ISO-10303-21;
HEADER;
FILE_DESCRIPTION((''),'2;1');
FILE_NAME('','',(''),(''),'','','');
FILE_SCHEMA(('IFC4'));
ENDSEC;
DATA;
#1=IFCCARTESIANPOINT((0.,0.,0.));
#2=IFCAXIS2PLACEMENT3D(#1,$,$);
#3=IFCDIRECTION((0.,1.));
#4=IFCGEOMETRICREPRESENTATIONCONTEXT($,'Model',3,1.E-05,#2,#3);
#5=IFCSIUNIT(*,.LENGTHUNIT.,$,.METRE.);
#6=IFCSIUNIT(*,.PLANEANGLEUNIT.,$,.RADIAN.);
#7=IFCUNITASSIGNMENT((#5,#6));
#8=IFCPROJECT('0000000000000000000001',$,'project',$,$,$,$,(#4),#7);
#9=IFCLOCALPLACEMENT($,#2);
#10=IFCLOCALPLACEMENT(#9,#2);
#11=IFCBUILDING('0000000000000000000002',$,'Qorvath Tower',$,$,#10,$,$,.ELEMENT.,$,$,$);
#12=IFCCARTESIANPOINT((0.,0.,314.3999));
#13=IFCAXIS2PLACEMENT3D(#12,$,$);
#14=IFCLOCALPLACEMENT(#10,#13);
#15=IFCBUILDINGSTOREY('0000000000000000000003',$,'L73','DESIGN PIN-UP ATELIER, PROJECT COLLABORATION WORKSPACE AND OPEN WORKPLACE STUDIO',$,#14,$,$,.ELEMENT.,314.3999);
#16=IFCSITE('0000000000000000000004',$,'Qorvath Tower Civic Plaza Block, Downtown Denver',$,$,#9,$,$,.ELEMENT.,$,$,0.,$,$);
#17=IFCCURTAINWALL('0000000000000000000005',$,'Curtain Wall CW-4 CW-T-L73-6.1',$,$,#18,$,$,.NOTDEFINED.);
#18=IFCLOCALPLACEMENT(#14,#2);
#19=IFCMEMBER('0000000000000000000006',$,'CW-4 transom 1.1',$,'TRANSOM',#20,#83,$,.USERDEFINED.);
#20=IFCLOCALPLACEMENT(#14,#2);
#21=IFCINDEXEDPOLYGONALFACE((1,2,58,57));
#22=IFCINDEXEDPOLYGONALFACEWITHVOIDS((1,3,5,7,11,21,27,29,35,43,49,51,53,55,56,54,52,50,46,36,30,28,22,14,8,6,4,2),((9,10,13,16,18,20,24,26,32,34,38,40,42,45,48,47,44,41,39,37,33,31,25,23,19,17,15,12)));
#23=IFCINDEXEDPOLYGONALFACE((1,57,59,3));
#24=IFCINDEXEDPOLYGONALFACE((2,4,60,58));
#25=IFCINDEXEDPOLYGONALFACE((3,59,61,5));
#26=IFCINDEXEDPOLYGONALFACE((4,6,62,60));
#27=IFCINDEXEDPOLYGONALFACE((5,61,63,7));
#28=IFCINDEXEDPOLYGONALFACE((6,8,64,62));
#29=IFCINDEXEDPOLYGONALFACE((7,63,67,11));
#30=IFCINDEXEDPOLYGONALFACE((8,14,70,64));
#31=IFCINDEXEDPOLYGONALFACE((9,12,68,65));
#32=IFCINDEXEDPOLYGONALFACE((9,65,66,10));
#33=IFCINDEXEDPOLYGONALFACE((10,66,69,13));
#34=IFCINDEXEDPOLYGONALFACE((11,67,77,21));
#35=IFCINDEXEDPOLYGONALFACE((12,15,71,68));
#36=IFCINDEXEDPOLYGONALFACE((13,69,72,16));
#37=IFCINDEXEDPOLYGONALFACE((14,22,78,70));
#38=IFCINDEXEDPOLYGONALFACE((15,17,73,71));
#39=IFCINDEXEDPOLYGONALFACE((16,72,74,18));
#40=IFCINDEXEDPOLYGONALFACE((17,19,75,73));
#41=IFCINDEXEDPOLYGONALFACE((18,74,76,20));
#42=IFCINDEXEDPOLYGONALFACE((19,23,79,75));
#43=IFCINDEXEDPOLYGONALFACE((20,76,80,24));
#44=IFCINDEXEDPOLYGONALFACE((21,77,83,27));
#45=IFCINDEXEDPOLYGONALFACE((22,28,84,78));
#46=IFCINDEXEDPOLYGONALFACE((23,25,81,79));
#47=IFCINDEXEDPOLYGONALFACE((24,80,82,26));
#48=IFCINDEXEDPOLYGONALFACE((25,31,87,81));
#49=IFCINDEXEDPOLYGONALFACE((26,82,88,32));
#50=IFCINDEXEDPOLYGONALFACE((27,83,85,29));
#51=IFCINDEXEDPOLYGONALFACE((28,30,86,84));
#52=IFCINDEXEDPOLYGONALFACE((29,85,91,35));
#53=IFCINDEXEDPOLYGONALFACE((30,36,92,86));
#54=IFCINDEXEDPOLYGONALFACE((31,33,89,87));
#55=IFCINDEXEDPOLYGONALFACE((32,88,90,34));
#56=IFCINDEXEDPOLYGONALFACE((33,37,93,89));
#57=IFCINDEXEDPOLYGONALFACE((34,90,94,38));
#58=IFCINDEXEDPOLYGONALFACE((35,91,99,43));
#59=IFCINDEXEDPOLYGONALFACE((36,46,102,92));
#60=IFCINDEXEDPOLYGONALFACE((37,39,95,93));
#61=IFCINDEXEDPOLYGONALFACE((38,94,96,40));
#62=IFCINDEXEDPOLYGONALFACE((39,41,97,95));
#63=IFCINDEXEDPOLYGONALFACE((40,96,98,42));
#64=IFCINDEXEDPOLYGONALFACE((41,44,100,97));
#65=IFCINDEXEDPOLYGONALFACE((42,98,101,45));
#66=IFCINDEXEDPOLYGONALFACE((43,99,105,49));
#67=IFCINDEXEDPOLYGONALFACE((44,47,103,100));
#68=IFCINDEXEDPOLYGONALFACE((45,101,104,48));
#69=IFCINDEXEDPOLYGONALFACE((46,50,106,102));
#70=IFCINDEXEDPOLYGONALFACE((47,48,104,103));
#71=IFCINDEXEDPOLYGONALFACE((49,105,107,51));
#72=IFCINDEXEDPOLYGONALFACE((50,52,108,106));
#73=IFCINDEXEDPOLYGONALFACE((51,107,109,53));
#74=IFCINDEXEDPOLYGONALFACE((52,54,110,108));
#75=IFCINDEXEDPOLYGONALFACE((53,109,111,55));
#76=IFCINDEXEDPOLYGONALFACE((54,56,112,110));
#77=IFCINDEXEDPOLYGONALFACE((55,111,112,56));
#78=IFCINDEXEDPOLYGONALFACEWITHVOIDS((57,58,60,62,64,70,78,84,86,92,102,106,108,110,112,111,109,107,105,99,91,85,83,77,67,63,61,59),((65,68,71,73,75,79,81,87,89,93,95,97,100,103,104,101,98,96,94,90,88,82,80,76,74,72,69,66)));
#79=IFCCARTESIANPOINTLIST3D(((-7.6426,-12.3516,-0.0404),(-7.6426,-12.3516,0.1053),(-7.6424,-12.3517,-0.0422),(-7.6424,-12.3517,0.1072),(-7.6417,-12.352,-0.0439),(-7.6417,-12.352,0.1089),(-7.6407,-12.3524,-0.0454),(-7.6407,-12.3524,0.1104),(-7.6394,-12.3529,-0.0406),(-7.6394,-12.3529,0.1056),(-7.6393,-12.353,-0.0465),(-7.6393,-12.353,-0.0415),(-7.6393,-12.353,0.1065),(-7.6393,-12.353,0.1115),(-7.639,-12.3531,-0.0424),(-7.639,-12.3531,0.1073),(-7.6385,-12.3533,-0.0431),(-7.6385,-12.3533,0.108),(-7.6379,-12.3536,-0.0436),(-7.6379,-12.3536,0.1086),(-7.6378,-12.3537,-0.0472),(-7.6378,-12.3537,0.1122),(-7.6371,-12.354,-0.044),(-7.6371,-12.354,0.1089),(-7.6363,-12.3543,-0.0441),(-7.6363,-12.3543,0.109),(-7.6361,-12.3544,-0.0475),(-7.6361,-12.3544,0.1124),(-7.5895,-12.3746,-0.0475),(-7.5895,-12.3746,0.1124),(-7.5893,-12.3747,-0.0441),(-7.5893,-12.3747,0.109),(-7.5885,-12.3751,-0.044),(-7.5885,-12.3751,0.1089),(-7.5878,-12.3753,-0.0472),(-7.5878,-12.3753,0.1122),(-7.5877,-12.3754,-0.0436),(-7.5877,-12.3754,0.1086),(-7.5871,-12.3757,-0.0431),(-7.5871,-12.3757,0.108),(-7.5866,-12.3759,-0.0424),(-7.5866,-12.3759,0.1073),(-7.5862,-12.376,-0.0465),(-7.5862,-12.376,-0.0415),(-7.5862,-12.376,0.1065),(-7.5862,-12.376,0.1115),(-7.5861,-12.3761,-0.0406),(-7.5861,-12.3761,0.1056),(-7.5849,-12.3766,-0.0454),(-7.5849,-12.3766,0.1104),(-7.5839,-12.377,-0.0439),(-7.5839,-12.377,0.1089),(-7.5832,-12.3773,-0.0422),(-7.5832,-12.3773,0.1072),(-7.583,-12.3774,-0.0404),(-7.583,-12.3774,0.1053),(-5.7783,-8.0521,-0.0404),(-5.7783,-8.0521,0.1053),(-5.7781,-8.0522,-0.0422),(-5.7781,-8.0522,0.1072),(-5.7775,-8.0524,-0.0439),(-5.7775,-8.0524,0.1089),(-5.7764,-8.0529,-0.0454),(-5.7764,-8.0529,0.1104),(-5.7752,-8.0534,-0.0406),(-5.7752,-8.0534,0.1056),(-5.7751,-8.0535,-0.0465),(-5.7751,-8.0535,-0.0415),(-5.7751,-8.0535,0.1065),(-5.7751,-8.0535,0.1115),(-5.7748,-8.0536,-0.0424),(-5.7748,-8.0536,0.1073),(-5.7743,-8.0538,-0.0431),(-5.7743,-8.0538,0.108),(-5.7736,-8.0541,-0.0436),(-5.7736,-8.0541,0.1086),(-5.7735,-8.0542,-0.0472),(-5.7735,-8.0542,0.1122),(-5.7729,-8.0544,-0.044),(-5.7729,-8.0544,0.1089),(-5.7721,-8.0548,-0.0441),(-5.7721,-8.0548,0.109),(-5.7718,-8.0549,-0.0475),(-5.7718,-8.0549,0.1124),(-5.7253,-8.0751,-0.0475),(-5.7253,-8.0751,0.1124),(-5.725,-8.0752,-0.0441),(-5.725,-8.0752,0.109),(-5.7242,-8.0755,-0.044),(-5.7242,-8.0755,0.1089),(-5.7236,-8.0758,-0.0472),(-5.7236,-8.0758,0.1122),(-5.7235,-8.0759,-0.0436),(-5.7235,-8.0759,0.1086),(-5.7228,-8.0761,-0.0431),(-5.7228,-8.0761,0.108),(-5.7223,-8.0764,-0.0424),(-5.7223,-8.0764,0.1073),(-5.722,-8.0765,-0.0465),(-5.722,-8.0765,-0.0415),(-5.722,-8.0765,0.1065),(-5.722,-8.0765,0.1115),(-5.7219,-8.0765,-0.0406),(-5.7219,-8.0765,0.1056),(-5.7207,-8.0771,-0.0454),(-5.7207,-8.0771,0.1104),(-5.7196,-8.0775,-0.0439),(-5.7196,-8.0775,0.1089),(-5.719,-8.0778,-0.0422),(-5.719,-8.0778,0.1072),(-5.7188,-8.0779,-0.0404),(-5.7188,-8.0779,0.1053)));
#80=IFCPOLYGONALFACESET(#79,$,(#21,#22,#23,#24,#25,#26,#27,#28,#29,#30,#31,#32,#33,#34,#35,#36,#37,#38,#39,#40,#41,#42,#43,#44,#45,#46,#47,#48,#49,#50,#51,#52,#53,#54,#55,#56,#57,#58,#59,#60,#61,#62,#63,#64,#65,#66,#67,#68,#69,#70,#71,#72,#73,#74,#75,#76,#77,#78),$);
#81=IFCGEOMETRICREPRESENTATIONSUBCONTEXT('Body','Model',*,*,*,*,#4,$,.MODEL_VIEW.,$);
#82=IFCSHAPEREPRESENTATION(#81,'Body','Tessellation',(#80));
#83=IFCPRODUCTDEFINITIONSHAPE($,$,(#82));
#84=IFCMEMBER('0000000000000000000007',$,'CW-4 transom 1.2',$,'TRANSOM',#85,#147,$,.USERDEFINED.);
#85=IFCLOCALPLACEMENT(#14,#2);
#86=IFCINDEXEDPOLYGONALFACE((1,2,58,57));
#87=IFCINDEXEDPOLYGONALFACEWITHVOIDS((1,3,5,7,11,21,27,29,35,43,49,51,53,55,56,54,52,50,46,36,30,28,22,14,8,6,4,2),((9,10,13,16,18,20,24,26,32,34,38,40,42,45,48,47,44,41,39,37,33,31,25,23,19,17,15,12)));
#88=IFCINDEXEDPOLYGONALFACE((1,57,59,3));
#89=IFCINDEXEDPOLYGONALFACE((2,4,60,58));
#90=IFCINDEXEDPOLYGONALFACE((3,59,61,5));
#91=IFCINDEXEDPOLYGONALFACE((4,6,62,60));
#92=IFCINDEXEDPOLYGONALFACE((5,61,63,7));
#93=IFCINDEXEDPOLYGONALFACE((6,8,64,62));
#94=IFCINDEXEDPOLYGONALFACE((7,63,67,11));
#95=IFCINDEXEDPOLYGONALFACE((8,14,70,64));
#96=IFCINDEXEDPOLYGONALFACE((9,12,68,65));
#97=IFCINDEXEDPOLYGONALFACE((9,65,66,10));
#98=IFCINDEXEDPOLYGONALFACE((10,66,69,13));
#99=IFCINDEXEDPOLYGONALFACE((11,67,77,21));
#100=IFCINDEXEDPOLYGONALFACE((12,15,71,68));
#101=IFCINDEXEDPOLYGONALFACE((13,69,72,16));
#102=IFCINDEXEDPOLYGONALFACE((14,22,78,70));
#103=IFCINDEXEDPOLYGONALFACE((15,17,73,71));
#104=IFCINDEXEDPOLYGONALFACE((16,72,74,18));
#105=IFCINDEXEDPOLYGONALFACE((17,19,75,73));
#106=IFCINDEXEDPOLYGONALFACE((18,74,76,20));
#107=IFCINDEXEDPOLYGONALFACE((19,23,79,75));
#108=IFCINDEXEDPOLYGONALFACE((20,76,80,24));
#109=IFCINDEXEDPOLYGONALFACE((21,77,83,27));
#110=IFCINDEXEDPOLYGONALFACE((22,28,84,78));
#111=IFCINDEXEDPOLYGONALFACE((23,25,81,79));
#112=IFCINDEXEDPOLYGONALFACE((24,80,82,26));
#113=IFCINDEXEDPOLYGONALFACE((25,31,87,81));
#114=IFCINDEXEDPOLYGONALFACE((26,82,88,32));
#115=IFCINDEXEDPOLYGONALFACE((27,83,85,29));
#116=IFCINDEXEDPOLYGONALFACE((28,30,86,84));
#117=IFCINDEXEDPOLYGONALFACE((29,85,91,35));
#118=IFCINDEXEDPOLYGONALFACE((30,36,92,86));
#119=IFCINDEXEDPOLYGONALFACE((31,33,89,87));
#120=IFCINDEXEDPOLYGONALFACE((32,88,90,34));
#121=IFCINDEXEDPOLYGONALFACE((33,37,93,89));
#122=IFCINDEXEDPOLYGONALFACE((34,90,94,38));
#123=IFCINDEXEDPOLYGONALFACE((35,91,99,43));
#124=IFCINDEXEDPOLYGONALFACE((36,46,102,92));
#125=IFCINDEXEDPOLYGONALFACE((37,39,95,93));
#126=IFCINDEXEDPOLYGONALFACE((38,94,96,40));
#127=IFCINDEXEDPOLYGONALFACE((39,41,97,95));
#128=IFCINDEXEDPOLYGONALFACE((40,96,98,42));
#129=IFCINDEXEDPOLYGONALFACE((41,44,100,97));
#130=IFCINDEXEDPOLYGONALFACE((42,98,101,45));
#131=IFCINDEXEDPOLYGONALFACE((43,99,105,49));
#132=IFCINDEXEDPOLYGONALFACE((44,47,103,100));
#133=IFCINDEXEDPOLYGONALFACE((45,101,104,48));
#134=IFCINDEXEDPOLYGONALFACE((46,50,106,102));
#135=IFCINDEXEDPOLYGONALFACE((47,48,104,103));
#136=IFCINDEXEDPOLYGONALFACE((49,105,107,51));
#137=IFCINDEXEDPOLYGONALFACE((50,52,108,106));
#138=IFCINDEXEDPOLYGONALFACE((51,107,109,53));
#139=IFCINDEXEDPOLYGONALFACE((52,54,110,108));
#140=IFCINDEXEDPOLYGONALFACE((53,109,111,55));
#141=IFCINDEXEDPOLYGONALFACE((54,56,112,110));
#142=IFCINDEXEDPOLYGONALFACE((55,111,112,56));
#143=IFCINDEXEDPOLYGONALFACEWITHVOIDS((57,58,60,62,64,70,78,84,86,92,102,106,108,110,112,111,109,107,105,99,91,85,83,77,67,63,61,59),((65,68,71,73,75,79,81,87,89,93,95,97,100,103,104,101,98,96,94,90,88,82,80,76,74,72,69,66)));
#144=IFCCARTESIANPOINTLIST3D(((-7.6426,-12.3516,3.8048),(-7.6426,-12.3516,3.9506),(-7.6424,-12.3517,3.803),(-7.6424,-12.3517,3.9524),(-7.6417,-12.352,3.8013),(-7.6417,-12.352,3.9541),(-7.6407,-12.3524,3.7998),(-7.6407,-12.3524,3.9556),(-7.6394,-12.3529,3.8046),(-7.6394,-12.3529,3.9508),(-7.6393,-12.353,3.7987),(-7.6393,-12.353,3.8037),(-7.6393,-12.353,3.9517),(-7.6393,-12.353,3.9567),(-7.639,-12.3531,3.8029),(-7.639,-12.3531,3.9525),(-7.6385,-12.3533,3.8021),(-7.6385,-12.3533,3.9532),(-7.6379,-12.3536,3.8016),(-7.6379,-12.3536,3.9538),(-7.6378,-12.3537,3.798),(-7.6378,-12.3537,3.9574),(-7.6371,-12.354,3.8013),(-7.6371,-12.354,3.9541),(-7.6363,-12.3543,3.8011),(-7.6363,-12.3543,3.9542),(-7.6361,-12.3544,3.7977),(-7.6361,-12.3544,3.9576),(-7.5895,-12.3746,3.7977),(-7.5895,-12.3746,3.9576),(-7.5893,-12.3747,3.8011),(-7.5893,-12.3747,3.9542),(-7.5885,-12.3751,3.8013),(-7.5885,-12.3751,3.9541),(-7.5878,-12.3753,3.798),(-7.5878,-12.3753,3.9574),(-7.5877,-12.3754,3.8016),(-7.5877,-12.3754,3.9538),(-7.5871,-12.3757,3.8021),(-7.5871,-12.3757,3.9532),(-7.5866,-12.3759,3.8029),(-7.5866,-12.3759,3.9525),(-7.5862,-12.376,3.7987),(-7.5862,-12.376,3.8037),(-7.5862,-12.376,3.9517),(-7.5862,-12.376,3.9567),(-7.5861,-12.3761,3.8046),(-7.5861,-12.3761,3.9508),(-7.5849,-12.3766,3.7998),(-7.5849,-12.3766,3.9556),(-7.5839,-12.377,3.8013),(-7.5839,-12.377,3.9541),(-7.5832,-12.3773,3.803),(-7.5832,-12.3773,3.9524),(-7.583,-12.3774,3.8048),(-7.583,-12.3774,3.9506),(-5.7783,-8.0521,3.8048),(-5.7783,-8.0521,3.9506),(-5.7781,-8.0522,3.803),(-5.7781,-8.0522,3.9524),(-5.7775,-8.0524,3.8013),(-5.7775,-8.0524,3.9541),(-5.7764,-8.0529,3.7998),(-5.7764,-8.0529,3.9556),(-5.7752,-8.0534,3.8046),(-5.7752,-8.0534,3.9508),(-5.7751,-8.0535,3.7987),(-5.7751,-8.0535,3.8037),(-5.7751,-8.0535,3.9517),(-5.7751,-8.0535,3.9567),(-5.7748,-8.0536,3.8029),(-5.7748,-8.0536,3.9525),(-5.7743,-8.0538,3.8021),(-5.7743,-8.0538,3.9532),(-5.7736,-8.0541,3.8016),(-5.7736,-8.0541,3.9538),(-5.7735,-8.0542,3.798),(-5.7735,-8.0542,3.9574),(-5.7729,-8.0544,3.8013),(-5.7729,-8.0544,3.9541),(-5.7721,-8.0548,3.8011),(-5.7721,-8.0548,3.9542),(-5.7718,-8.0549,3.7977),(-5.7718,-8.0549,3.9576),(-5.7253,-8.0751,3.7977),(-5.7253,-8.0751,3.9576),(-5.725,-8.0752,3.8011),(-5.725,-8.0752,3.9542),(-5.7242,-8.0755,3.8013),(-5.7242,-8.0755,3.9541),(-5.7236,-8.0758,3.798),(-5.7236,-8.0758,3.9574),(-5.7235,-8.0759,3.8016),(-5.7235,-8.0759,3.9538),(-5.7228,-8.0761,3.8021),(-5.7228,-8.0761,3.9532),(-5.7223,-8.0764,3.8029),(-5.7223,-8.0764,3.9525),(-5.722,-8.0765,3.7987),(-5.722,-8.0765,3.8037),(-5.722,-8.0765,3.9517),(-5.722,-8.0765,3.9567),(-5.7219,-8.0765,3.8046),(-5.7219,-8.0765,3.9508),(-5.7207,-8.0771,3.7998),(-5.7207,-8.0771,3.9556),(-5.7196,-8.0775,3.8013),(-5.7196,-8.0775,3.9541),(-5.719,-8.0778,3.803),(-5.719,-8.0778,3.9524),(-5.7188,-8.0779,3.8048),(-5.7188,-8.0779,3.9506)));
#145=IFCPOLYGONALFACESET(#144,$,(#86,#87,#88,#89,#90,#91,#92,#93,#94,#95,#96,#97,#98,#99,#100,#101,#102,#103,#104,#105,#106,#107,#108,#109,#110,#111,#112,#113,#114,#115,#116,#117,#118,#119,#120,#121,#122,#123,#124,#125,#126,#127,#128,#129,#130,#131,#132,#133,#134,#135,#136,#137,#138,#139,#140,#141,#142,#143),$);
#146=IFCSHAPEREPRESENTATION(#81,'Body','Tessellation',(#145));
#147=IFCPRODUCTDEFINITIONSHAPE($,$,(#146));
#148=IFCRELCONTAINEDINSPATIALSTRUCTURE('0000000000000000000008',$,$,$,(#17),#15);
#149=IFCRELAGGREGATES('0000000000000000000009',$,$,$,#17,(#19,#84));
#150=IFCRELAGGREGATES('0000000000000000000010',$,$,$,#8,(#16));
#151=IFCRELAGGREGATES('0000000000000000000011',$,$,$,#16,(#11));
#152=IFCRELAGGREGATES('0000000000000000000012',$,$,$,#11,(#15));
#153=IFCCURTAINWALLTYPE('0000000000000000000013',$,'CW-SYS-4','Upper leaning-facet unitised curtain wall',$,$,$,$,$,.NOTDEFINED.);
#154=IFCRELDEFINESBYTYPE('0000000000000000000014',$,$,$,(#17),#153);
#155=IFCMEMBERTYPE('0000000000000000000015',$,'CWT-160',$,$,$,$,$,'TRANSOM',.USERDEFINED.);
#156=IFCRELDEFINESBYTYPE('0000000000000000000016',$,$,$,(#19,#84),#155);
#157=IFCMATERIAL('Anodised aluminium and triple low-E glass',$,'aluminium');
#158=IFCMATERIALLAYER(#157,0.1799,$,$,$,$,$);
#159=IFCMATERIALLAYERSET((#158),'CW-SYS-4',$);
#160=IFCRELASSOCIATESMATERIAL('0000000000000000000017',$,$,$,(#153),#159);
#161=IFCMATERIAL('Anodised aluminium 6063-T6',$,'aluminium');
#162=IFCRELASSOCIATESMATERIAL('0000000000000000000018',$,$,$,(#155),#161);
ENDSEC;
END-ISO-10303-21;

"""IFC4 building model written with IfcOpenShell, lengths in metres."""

from ifc_helpers import new_model, si_unit, direction, frame, origin, origin_2d, place, context, subcontext, project, spatial, hollow_rectangle, extrude, material, layer, layer_set, material_profile, profile_set, type_object, element, aggregate, save


model = new_model("IFC4")

# Units and contexts
model_context = context("Model", 3, precision=1e-05, world=origin(), true_north=direction((0.0, 1.0)))
body_context = subcontext(model_context, "Body", "Model", "MODEL_VIEW")
ifc_project = project(units=[si_unit("LENGTHUNIT", "METRE"), si_unit("PLANEANGLEUNIT", "RADIAN")], contexts=[model_context])

# Site, building, storey
site_placement = place(None, origin())
site = spatial("IfcSite", under=ifc_project, at=site_placement, Name="Qorvath Tower Civic Plaza Block, Downtown Denver", CompositionType="ELEMENT", RefElevation=0.0)
building_placement = place(site_placement, origin())
building = spatial("IfcBuilding", under=site, at=building_placement, Name="Qorvath Tower", CompositionType="ELEMENT")
storey_placement = place(building_placement, frame((0.0, 0.0, 314.3999)))
storey = spatial("IfcBuildingStorey", under=building, at=storey_placement, Name="L73", Description="DESIGN PIN-UP ATELIER, PROJECT COLLABORATION WORKSPACE AND OPEN WORKPLACE STUDIO", CompositionType="ELEMENT", Elevation=314.3999)

# Shared definitions
ifc_material_1 = material(Name="Anodised aluminium and triple low-E glass", Category="aluminium")
ifc_layer_1 = layer(ifc_material_1, 0.1799)
ifc_layer_set_1 = layer_set([ifc_layer_1], Name="CW-SYS-4")
curtain_wall_type = type_object("IfcCurtainWallType", Name="CW-SYS-4", Description="Upper leaning-facet unitised curtain wall", PredefinedType="NOTDEFINED", material=ifc_layer_set_1)

# Curtain wall
curtain_wall_1_placement = place(storey_placement, origin())
curtain_wall_1 = element("IfcCurtainWall", 1, at=curtain_wall_1_placement, inside=storey, type_object=curtain_wall_type, Name="Curtain Wall CW-4 CW-T-L73-6.1", PredefinedType="NOTDEFINED")

# Members
ifc_material_2 = material(Name="Anodised aluminium 6063-T6", Category="aluminium")
ifc_material_profile_1 = material_profile(ifc_material_2, hollow_rectangle(XDim=0.0649, YDim=0.1599, WallThickness=0.0034, InnerFilletRadius=0.0034, OuterFilletRadius=0.0071, at=origin_2d()), Name="CWT 160x65")
ifc_profile_set_1 = profile_set([ifc_material_profile_1], Name="Anodised aluminium 6063-T6")
member_type_1 = type_object("IfcMemberType", Name="CWT-160", ElementType="TRANSOM", PredefinedType="USERDEFINED", material=ifc_profile_set_1)
member_1_placement = place(storey_placement, frame((-7.6128, -12.3645, 0.0325), z_axis=(0.397808, 0.917469, 0.0), x_axis=(-0.917469, 0.397808, 0.0)))
member_1 = element("IfcMember", 2, at=member_1_placement, type_object=member_type_1, Name="CW-4 transom 1.1", ObjectType="TRANSOM", PredefinedType="USERDEFINED", context=body_context, shape_type="SweptSolid", body=[
    extrude(hollow_rectangle(XDim=0.0649, YDim=0.1599, WallThickness=0.0034, InnerFilletRadius=0.0034, OuterFilletRadius=0.0071, at=origin_2d()), origin(), (0.0, 0.0, 1.0), 4.6863),
])
member_2_placement = place(storey_placement, frame((-7.6128, -12.3645, 3.8777), z_axis=(0.397808, 0.917469, 0.0), x_axis=(-0.917469, 0.397808, 0.0)))
member_2 = element("IfcMember", 3, at=member_2_placement, type_object=member_type_1, Name="CW-4 transom 1.2", ObjectType="TRANSOM", PredefinedType="USERDEFINED", context=body_context, shape_type="SweptSolid", body=[
    extrude(hollow_rectangle(XDim=0.0649, YDim=0.1599, WallThickness=0.0034, InnerFilletRadius=0.0034, OuterFilletRadius=0.0071, at=origin_2d()), origin(), (0.0, 0.0, 1.0), 4.6863),
])

aggregate(curtain_wall_1, [member_1, member_2])

save(model, "model.ifc")
